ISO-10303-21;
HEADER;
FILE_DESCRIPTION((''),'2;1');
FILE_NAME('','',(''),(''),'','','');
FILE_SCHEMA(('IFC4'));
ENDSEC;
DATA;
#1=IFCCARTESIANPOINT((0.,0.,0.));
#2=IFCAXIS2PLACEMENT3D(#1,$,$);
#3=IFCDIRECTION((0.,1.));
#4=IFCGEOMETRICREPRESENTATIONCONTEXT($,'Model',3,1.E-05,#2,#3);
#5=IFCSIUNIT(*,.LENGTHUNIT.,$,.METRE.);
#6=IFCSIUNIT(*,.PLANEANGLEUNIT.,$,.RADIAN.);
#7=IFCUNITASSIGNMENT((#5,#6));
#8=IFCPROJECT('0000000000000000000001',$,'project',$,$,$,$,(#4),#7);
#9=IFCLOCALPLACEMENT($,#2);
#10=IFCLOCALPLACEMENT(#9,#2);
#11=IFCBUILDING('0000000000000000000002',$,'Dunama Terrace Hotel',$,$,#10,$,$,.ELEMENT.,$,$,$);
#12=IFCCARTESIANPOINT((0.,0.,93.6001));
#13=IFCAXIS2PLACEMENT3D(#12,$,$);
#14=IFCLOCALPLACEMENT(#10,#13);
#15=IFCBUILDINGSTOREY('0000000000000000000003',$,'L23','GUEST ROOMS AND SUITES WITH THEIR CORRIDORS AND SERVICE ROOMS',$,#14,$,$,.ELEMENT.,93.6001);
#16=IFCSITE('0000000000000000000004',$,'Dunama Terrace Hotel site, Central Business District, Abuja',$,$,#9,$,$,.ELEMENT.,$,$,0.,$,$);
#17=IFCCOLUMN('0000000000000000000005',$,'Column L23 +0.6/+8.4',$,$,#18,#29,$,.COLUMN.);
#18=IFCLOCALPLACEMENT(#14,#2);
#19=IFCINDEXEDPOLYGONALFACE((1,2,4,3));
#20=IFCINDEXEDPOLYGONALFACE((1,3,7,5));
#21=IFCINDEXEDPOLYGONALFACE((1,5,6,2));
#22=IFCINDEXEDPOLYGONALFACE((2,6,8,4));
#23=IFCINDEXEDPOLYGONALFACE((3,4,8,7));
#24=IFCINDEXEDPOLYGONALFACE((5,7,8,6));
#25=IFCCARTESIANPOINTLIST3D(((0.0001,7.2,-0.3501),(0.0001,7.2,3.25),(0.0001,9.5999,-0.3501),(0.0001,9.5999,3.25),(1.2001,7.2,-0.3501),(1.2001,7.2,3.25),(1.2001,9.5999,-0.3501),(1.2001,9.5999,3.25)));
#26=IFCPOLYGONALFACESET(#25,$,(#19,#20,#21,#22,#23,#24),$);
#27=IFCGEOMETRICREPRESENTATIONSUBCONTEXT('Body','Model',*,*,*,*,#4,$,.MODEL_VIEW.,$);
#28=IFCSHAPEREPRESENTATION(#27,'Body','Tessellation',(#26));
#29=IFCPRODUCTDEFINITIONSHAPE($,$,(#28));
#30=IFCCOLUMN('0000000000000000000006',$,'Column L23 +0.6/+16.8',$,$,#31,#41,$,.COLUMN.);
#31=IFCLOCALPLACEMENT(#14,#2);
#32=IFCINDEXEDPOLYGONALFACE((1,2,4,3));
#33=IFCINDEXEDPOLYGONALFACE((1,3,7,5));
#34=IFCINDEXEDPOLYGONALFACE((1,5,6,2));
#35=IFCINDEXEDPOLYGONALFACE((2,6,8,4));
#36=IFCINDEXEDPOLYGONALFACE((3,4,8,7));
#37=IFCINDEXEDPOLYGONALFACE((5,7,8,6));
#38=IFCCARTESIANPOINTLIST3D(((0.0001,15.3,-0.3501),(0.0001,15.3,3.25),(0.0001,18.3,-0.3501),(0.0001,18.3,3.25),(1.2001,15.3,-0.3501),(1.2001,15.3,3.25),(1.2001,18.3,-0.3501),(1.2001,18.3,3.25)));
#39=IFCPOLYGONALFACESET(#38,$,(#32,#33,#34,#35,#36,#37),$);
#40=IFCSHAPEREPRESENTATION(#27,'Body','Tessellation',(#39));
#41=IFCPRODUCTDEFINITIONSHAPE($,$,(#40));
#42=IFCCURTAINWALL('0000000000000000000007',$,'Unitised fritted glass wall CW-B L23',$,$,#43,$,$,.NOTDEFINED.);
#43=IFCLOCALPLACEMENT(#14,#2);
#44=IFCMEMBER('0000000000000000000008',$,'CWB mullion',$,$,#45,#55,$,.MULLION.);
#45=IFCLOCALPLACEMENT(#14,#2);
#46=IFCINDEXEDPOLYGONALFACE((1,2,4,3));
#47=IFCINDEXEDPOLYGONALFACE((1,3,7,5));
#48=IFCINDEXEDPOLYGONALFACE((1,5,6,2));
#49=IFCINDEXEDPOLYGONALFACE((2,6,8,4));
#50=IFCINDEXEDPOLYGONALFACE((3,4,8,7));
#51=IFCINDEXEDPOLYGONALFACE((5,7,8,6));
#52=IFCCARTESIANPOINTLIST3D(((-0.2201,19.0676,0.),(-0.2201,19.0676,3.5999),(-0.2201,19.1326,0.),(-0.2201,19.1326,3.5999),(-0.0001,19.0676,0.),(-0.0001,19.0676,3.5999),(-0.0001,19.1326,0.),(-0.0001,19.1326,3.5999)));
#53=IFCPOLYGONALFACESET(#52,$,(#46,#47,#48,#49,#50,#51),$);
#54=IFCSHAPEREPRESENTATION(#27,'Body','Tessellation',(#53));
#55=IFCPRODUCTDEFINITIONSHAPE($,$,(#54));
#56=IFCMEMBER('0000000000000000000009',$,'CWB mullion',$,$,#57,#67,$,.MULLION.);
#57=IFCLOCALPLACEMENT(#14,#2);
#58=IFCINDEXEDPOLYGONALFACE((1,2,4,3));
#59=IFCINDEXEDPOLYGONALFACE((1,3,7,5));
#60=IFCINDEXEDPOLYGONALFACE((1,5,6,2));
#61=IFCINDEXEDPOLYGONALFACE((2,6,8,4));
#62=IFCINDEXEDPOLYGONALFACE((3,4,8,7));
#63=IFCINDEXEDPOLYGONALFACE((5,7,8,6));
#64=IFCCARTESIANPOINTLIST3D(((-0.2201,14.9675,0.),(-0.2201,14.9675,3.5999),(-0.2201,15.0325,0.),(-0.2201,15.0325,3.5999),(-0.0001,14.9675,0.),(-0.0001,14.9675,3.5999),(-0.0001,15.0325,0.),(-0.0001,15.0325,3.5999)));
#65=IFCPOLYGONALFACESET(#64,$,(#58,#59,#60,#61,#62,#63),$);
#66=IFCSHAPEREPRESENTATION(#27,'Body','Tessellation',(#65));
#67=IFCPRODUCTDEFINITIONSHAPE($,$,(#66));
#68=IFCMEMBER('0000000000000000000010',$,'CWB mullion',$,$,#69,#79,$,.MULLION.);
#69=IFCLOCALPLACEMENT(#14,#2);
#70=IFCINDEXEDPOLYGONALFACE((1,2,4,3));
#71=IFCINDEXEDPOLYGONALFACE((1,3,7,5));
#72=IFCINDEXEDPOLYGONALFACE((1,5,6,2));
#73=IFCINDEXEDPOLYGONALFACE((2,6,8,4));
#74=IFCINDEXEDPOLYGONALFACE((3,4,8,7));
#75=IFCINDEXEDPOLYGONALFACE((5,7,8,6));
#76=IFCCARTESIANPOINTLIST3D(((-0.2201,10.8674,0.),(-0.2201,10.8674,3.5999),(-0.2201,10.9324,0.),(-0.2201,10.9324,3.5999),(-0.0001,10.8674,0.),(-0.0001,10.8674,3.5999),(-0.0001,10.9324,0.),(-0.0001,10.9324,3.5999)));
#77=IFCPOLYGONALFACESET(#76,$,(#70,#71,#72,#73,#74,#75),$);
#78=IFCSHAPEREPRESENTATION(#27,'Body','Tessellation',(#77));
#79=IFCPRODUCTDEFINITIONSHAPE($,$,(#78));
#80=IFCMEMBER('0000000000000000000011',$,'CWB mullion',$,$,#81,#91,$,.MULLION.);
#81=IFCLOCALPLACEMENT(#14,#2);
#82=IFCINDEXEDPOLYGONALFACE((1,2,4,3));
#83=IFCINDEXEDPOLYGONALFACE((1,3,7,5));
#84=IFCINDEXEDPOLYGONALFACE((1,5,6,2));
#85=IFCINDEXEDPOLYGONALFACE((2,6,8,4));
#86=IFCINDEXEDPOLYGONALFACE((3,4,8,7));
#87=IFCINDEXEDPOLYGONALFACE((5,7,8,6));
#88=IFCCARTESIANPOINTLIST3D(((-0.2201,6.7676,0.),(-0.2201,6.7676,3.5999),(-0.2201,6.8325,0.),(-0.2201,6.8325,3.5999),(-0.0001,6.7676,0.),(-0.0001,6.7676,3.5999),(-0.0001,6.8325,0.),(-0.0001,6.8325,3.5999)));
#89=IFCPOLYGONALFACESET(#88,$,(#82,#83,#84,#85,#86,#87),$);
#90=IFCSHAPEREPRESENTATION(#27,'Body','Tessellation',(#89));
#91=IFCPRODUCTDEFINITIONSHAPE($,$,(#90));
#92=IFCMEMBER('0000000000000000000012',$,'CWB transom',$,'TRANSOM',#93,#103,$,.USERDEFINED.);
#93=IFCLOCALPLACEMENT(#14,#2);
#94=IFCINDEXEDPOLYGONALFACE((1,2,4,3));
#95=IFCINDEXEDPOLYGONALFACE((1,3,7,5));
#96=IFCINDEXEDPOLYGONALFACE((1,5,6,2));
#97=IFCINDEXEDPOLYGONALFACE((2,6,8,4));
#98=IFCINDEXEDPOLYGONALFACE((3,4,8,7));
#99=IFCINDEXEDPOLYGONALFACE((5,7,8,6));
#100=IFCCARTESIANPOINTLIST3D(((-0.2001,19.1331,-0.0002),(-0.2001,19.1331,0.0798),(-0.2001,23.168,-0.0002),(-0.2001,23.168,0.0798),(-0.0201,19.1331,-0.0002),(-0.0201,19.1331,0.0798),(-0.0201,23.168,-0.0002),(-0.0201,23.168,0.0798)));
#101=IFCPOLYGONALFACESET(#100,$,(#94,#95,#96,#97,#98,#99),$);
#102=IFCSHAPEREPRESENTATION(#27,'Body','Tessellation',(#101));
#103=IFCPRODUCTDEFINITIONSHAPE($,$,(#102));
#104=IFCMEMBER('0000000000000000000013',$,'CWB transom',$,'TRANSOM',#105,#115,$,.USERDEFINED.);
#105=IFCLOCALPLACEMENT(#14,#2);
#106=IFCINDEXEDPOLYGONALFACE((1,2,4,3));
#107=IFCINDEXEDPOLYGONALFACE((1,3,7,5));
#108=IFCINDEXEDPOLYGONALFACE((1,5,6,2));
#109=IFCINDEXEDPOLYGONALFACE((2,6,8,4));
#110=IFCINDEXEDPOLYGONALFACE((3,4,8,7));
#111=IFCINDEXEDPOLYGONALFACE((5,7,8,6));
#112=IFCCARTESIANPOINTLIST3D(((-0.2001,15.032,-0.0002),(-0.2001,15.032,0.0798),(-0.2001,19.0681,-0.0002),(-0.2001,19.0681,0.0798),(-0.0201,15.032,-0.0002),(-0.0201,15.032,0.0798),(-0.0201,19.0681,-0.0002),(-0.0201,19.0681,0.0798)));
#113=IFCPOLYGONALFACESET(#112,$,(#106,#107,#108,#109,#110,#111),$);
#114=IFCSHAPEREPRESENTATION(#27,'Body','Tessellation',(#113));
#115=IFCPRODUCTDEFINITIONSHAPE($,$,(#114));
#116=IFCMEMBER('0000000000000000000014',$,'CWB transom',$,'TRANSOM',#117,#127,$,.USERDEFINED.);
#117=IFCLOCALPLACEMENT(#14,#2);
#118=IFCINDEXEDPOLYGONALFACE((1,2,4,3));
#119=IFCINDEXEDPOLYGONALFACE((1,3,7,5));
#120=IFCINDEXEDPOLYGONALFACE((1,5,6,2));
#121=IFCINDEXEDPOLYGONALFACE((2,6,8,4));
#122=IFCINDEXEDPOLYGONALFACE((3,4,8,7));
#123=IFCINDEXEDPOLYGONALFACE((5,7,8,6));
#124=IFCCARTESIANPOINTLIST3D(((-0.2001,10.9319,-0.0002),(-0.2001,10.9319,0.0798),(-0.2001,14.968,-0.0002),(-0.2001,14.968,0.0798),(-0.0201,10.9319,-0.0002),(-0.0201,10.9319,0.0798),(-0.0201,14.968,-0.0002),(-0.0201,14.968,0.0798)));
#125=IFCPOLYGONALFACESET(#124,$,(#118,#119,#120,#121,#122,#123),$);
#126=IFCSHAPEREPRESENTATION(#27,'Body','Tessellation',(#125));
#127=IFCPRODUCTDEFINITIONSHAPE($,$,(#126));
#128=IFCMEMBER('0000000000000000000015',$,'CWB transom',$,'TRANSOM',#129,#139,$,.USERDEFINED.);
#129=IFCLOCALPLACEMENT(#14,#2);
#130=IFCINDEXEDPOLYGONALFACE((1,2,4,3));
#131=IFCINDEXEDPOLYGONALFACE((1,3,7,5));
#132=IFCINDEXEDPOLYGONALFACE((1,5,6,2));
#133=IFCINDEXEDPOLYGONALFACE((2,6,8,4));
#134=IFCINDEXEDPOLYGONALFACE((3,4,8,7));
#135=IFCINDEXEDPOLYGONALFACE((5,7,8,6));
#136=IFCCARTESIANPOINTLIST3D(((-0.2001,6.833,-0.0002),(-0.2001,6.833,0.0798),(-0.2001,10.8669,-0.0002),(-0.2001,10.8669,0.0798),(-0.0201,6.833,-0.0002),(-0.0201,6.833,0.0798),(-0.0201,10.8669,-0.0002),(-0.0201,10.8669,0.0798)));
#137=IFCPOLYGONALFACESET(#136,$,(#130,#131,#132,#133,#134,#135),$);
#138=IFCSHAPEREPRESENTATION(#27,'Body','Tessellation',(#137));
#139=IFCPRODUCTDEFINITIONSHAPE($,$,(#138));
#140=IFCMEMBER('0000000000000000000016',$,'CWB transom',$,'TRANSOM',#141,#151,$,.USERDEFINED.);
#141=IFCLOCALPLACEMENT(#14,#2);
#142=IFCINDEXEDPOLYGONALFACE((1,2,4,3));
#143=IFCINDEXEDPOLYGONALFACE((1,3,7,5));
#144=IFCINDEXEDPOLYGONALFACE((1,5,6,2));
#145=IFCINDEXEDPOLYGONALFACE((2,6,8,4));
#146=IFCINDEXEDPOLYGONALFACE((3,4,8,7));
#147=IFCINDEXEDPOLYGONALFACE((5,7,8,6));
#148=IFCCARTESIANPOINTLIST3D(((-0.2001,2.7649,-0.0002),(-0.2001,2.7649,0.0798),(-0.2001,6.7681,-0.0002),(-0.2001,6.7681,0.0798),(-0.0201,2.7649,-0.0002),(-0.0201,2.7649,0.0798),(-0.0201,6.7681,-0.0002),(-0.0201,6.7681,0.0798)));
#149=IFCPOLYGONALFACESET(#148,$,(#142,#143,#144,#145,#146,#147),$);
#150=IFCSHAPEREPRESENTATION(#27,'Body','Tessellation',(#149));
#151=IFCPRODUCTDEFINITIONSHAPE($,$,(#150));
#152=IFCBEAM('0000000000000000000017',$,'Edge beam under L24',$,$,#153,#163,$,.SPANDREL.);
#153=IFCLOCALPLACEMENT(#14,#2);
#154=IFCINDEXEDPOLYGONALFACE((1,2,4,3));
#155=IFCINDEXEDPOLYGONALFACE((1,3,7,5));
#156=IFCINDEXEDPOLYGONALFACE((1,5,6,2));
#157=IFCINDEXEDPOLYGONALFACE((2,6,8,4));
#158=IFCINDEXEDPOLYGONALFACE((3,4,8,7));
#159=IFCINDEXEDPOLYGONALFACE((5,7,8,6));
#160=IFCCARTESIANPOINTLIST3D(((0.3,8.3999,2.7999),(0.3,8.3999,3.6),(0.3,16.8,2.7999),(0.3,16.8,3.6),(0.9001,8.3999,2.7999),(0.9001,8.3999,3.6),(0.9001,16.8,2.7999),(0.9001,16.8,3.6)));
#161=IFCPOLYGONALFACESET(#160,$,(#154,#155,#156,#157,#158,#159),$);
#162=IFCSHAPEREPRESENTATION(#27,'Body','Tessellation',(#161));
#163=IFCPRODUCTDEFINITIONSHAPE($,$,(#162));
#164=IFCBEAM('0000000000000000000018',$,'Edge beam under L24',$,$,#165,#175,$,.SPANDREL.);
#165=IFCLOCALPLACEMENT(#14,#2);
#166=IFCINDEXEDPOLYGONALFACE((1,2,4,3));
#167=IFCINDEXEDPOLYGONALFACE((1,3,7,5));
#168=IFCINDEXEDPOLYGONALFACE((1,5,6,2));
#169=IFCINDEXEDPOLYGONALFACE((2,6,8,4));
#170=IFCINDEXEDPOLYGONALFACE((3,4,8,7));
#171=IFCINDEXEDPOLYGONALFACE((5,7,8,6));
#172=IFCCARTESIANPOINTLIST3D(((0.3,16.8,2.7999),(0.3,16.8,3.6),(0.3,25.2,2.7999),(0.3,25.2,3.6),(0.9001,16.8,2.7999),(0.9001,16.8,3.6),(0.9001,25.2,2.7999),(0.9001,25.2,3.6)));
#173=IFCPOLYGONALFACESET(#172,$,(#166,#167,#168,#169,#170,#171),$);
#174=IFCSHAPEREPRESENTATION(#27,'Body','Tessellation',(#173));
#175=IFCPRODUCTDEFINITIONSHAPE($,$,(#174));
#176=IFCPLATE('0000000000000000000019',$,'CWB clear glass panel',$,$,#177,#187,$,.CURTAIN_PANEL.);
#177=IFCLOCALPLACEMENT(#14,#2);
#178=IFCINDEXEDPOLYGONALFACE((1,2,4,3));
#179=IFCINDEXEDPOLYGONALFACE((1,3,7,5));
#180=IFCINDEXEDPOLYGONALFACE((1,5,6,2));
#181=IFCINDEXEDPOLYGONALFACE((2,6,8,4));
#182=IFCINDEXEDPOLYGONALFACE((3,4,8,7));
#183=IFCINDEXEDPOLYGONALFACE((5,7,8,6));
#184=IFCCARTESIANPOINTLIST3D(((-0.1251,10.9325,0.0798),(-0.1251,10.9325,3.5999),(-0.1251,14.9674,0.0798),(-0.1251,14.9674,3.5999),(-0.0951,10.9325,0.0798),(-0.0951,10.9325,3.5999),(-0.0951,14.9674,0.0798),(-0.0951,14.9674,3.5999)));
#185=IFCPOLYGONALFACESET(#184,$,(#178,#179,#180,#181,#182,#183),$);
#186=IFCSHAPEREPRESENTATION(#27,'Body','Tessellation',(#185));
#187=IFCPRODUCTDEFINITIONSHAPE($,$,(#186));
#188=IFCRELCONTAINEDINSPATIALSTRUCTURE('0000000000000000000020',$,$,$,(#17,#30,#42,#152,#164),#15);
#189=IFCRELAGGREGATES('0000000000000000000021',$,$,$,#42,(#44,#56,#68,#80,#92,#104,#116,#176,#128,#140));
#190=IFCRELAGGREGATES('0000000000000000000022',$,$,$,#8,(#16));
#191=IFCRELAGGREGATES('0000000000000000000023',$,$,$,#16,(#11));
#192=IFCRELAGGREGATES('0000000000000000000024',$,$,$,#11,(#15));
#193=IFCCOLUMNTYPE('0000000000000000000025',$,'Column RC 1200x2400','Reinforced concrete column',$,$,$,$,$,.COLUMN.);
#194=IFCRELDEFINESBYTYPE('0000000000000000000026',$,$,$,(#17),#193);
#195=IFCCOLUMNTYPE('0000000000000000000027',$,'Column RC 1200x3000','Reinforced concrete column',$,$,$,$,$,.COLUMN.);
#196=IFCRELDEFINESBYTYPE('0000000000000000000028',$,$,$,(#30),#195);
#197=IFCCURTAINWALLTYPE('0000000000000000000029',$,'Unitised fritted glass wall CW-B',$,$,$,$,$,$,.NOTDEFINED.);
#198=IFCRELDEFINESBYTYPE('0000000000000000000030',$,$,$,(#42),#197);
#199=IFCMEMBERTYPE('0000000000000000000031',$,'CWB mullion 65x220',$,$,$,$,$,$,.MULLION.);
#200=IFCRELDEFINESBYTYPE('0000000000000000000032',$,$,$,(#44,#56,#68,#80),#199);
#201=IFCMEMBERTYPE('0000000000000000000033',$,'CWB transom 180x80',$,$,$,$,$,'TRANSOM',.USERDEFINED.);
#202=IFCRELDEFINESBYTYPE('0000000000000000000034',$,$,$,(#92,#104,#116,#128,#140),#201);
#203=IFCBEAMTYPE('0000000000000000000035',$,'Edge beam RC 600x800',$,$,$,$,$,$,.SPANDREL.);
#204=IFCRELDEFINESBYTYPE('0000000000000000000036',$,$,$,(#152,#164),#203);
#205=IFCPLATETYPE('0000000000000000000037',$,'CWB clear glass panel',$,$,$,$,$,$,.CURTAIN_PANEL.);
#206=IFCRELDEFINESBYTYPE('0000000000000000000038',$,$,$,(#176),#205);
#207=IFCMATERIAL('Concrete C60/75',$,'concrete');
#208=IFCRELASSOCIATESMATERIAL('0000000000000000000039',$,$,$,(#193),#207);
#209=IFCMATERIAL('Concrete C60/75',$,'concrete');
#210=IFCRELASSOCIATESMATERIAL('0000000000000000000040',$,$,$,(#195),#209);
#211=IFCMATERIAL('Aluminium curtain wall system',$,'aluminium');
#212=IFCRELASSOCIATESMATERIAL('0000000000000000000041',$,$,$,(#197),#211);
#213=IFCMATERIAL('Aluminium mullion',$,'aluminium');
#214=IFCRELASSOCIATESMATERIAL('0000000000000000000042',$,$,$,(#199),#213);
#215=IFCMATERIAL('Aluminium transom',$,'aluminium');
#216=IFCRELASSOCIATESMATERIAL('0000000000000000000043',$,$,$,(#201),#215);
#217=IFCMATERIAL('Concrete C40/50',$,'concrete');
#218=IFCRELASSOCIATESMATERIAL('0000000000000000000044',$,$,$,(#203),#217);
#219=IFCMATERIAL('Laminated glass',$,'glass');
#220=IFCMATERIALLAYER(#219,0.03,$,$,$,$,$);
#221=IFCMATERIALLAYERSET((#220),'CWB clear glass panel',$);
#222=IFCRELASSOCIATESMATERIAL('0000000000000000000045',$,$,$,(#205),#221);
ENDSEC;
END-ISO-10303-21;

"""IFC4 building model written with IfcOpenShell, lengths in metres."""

from ifc_helpers import new_model, si_unit, direction, frame, origin, origin_2d, place, context, subcontext, project, spatial, rectangle, extrude, material, layer, layer_set, material_profile, profile_set, type_object, element, aggregate, save


model = new_model("IFC4")

# Units and contexts
model_context = context("Model", 3, precision=1e-05, world=origin(), true_north=direction((0.0, 1.0)))
body_context = subcontext(model_context, "Body", "Model", "MODEL_VIEW")
ifc_project = project(units=[si_unit("LENGTHUNIT", "METRE"), si_unit("PLANEANGLEUNIT", "RADIAN")], contexts=[model_context])

# Site, building, storey
site_placement = place(None, origin())
site = spatial("IfcSite", under=ifc_project, at=site_placement, Name="Dunama Terrace Hotel site, Central Business District, Abuja", CompositionType="ELEMENT", RefElevation=0.0)
building_placement = place(site_placement, origin())
building = spatial("IfcBuilding", under=site, at=building_placement, Name="Dunama Terrace Hotel", CompositionType="ELEMENT")
storey_placement = place(building_placement, frame((0.0, 0.0, 93.6001)))
storey = spatial("IfcBuildingStorey", under=building, at=storey_placement, Name="L23", Description="GUEST ROOMS AND SUITES WITH THEIR CORRIDORS AND SERVICE ROOMS", CompositionType="ELEMENT", Elevation=93.6001)

# Columns
ifc_material_1 = material(Name="Concrete C60/75", Category="concrete")
ifc_material_profile_1 = material_profile(ifc_material_1, rectangle(XDim=1.2, YDim=2.3999, at=origin_2d()), Name="RC 1200x2400")
ifc_profile_set_1 = profile_set([ifc_material_profile_1], Name="Concrete C60/75")
column_type_1 = type_object("IfcColumnType", Name="Column RC 1200x2400", Description="Reinforced concrete column", PredefinedType="COLUMN", material=ifc_profile_set_1)
column_1_placement = place(storey_placement, frame((0.6001, 8.3999, -0.3501), z_axis=(0.0, 0.0, 1.0), x_axis=(1.0, 0.0, 0.0)))
element("IfcColumn", 1, at=column_1_placement, inside=storey, type_object=column_type_1, Name="Column L23 +0.6/+8.4", PredefinedType="COLUMN", context=body_context, shape_type="SweptSolid", body=[
    extrude(rectangle(XDim=1.2, YDim=2.3999, at=origin_2d()), origin(), (0.0, 0.0, 1.0), 3.6001),
])
ifc_material_2 = material(Name="Concrete C60/75", Category="concrete")
ifc_material_profile_2 = material_profile(ifc_material_2, rectangle(XDim=1.2, YDim=3.0, at=origin_2d()), Name="RC 1200x3000")
ifc_profile_set_2 = profile_set([ifc_material_profile_2], Name="Concrete C60/75")
column_type_2 = type_object("IfcColumnType", Name="Column RC 1200x3000", Description="Reinforced concrete column", PredefinedType="COLUMN", material=ifc_profile_set_2)
column_2_placement = place(storey_placement, frame((0.6001, 16.8, -0.3501), z_axis=(0.0, 0.0, 1.0), x_axis=(1.0, 0.0, 0.0)))
element("IfcColumn", 2, at=column_2_placement, inside=storey, type_object=column_type_2, Name="Column L23 +0.6/+16.8", PredefinedType="COLUMN", context=body_context, shape_type="SweptSolid", body=[
    extrude(rectangle(XDim=1.2, YDim=3.0, at=origin_2d()), origin(), (0.0, 0.0, 1.0), 3.6001),
])

# Curtain wall, members
ifc_material_3 = material(Name="Aluminium curtain wall system", Category="aluminium")
curtain_wall_type = type_object("IfcCurtainWallType", Name="Unitised fritted glass wall CW-B", PredefinedType="NOTDEFINED", material=ifc_material_3)
curtain_wall_placement = place(storey_placement, origin())
curtain_wall = element("IfcCurtainWall", 3, at=curtain_wall_placement, inside=storey, type_object=curtain_wall_type, Name="Unitised fritted glass wall CW-B L23", PredefinedType="NOTDEFINED")
ifc_material_4 = material(Name="Aluminium mullion", Category="aluminium")
ifc_material_profile_3 = material_profile(ifc_material_4, rectangle(XDim=0.0649, YDim=0.22, at=origin_2d()), Name="CWB MULLION 65X220")
ifc_profile_set_3 = profile_set([ifc_material_profile_3], Name="Aluminium mullion")
member_type_1 = type_object("IfcMemberType", Name="CWB mullion 65x220", PredefinedType="MULLION", material=ifc_profile_set_3)
member_1_placement = place(storey_placement, frame((-0.1101, 19.1001, 0.0), z_axis=(0.0, 0.0, 1.0), x_axis=(0.0, -1.0, 0.0)))
member_1 = element("IfcMember", 4, at=member_1_placement, type_object=member_type_1, Name="CWB mullion", PredefinedType="MULLION", context=body_context, shape_type="SweptSolid", body=[
    extrude(rectangle(XDim=0.0649, YDim=0.22, at=origin_2d()), origin(), (0.0, 0.0, 1.0), 3.5999),
])
member_2_placement = place(storey_placement, frame((-0.1101, 15.0, 0.0), z_axis=(0.0, 0.0, 1.0), x_axis=(0.0, -1.0, 0.0)))
member_2 = element("IfcMember", 5, at=member_2_placement, type_object=member_type_1, Name="CWB mullion", PredefinedType="MULLION", context=body_context, shape_type="SweptSolid", body=[
    extrude(rectangle(XDim=0.0649, YDim=0.22, at=origin_2d()), origin(), (0.0, 0.0, 1.0), 3.5999),
])
member_3_placement = place(storey_placement, frame((-0.1101, 10.8999, 0.0), z_axis=(0.0, 0.0, 1.0), x_axis=(0.0, -1.0, 0.0)))
member_3 = element("IfcMember", 6, at=member_3_placement, type_object=member_type_1, Name="CWB mullion", PredefinedType="MULLION", context=body_context, shape_type="SweptSolid", body=[
    extrude(rectangle(XDim=0.0649, YDim=0.22, at=origin_2d()), origin(), (0.0, 0.0, 1.0), 3.5999),
])
member_4_placement = place(storey_placement, frame((-0.1101, 6.8, 0.0), z_axis=(0.0, 0.0, 1.0), x_axis=(0.0, -1.0, 0.0)))
member_4 = element("IfcMember", 7, at=member_4_placement, type_object=member_type_1, Name="CWB mullion", PredefinedType="MULLION", context=body_context, shape_type="SweptSolid", body=[
    extrude(rectangle(XDim=0.0649, YDim=0.22, at=origin_2d()), origin(), (0.0, 0.0, 1.0), 3.5999),
])
ifc_material_5 = material(Name="Aluminium transom", Category="aluminium")
ifc_material_profile_4 = material_profile(ifc_material_5, rectangle(XDim=0.1799, YDim=0.0801, at=origin_2d()), Name="CWB TRANSOM 180X80")
ifc_profile_set_4 = profile_set([ifc_material_profile_4], Name="Aluminium transom")
member_type_2 = type_object("IfcMemberType", Name="CWB transom 180x80", ElementType="TRANSOM", PredefinedType="USERDEFINED", material=ifc_profile_set_4)
member_5_placement = place(storey_placement, frame((-0.1101, 23.168, 0.0398), z_axis=(0.0, -1.0, 0.0), x_axis=(1.0, 0.0, 0.0)))
member_5 = element("IfcMember", 8, at=member_5_placement, type_object=member_type_2, Name="CWB transom", ObjectType="TRANSOM", PredefinedType="USERDEFINED", context=body_context, shape_type="SweptSolid", body=[
    extrude(rectangle(XDim=0.1799, YDim=0.0801, at=origin_2d()), origin(), (0.0, 0.0, 1.0), 4.0349),
])
member_6_placement = place(storey_placement, frame((-0.1101, 19.0681, 0.0398), z_axis=(0.0, -1.0, 0.0), x_axis=(1.0, 0.0, 0.0)))
member_6 = element("IfcMember", 9, at=member_6_placement, type_object=member_type_2, Name="CWB transom", ObjectType="TRANSOM", PredefinedType="USERDEFINED", context=body_context, shape_type="SweptSolid", body=[
    extrude(rectangle(XDim=0.1799, YDim=0.0801, at=origin_2d()), origin(), (0.0, 0.0, 1.0), 4.0361),
])
member_7_placement = place(storey_placement, frame((-0.1101, 14.968, 0.0398), z_axis=(0.0, -1.0, 0.0), x_axis=(1.0, 0.0, 0.0)))
member_7 = element("IfcMember", 10, at=member_7_placement, type_object=member_type_2, Name="CWB transom", ObjectType="TRANSOM", PredefinedType="USERDEFINED", context=body_context, shape_type="SweptSolid", body=[
    extrude(rectangle(XDim=0.1799, YDim=0.0801, at=origin_2d()), origin(), (0.0, 0.0, 1.0), 4.0361),
])
member_8_placement = place(storey_placement, frame((-0.1101, 10.8669, 0.0398), z_axis=(0.0, -1.0, 0.0), x_axis=(1.0, 0.0, 0.0)))
member_8 = element("IfcMember", 11, at=member_8_placement, type_object=member_type_2, Name="CWB transom", ObjectType="TRANSOM", PredefinedType="USERDEFINED", context=body_context, shape_type="SweptSolid", body=[
    extrude(rectangle(XDim=0.1799, YDim=0.0801, at=origin_2d()), origin(), (0.0, 0.0, 1.0), 4.0339),
])
member_9_placement = place(storey_placement, frame((-0.1101, 6.7681, 0.0398), z_axis=(0.0, -1.0, 0.0), x_axis=(1.0, 0.0, 0.0)))
member_9 = element("IfcMember", 12, at=member_9_placement, type_object=member_type_2, Name="CWB transom", ObjectType="TRANSOM", PredefinedType="USERDEFINED", context=body_context, shape_type="SweptSolid", body=[
    extrude(rectangle(XDim=0.1799, YDim=0.0801, at=origin_2d()), origin(), (0.0, 0.0, 1.0), 4.0032),
])

# Beams
ifc_material_6 = material(Name="Concrete C40/50", Category="concrete")
ifc_material_profile_5 = material_profile(ifc_material_6, rectangle(XDim=0.6001, YDim=0.8, at=origin_2d()), Name="RC 600x800")
ifc_profile_set_5 = profile_set([ifc_material_profile_5], Name="Concrete C40/50")
beam_type = type_object("IfcBeamType", Name="Edge beam RC 600x800", PredefinedType="SPANDREL", material=ifc_profile_set_5)
beam_1_placement = place(storey_placement, frame((0.6001, 8.3999, 3.2), z_axis=(0.0, 1.0, 0.0), x_axis=(-1.0, 0.0, 0.0)))
element("IfcBeam", 13, at=beam_1_placement, inside=storey, type_object=beam_type, Name="Edge beam under L24", PredefinedType="SPANDREL", context=body_context, shape_type="SweptSolid", body=[
    extrude(rectangle(XDim=0.6001, YDim=0.8, at=origin_2d()), origin(), (0.0, 0.0, 1.0), 8.4001),
])
beam_2_placement = place(storey_placement, frame((0.6001, 16.8, 3.2), z_axis=(0.0, 1.0, 0.0), x_axis=(-1.0, 0.0, 0.0)))
element("IfcBeam", 14, at=beam_2_placement, inside=storey, type_object=beam_type, Name="Edge beam under L24", PredefinedType="SPANDREL", context=body_context, shape_type="SweptSolid", body=[
    extrude(rectangle(XDim=0.6001, YDim=0.8, at=origin_2d()), origin(), (0.0, 0.0, 1.0), 8.3999),
])

# Plate
ifc_material_7 = material(Name="Laminated glass", Category="glass")
ifc_layer_1 = layer(ifc_material_7, 0.03)
ifc_layer_set_1 = layer_set([ifc_layer_1], Name="CWB clear glass panel")
plate_type_1 = type_object("IfcPlateType", Name="CWB clear glass panel", PredefinedType="CURTAIN_PANEL", material=ifc_layer_set_1)
plate_1_placement = place(storey_placement, frame((-0.1101, 12.95, 0.0798), z_axis=(0.0, 0.0, 1.0), x_axis=(0.0, -1.0, 0.0)))
plate_1 = element("IfcPlate", 15, at=plate_1_placement, type_object=plate_type_1, Name="CWB clear glass panel", PredefinedType="CURTAIN_PANEL", context=body_context, shape_type="SweptSolid", body=[
    extrude(rectangle(XDim=4.0349, YDim=0.03, at=origin_2d()), origin(), (0.0, 0.0, 1.0), 3.52),
])
aggregate(curtain_wall, [member_1, member_2, member_3, member_4, member_5, member_6, member_7, plate_1, member_8, member_9])

save(model, "model.ifc")
